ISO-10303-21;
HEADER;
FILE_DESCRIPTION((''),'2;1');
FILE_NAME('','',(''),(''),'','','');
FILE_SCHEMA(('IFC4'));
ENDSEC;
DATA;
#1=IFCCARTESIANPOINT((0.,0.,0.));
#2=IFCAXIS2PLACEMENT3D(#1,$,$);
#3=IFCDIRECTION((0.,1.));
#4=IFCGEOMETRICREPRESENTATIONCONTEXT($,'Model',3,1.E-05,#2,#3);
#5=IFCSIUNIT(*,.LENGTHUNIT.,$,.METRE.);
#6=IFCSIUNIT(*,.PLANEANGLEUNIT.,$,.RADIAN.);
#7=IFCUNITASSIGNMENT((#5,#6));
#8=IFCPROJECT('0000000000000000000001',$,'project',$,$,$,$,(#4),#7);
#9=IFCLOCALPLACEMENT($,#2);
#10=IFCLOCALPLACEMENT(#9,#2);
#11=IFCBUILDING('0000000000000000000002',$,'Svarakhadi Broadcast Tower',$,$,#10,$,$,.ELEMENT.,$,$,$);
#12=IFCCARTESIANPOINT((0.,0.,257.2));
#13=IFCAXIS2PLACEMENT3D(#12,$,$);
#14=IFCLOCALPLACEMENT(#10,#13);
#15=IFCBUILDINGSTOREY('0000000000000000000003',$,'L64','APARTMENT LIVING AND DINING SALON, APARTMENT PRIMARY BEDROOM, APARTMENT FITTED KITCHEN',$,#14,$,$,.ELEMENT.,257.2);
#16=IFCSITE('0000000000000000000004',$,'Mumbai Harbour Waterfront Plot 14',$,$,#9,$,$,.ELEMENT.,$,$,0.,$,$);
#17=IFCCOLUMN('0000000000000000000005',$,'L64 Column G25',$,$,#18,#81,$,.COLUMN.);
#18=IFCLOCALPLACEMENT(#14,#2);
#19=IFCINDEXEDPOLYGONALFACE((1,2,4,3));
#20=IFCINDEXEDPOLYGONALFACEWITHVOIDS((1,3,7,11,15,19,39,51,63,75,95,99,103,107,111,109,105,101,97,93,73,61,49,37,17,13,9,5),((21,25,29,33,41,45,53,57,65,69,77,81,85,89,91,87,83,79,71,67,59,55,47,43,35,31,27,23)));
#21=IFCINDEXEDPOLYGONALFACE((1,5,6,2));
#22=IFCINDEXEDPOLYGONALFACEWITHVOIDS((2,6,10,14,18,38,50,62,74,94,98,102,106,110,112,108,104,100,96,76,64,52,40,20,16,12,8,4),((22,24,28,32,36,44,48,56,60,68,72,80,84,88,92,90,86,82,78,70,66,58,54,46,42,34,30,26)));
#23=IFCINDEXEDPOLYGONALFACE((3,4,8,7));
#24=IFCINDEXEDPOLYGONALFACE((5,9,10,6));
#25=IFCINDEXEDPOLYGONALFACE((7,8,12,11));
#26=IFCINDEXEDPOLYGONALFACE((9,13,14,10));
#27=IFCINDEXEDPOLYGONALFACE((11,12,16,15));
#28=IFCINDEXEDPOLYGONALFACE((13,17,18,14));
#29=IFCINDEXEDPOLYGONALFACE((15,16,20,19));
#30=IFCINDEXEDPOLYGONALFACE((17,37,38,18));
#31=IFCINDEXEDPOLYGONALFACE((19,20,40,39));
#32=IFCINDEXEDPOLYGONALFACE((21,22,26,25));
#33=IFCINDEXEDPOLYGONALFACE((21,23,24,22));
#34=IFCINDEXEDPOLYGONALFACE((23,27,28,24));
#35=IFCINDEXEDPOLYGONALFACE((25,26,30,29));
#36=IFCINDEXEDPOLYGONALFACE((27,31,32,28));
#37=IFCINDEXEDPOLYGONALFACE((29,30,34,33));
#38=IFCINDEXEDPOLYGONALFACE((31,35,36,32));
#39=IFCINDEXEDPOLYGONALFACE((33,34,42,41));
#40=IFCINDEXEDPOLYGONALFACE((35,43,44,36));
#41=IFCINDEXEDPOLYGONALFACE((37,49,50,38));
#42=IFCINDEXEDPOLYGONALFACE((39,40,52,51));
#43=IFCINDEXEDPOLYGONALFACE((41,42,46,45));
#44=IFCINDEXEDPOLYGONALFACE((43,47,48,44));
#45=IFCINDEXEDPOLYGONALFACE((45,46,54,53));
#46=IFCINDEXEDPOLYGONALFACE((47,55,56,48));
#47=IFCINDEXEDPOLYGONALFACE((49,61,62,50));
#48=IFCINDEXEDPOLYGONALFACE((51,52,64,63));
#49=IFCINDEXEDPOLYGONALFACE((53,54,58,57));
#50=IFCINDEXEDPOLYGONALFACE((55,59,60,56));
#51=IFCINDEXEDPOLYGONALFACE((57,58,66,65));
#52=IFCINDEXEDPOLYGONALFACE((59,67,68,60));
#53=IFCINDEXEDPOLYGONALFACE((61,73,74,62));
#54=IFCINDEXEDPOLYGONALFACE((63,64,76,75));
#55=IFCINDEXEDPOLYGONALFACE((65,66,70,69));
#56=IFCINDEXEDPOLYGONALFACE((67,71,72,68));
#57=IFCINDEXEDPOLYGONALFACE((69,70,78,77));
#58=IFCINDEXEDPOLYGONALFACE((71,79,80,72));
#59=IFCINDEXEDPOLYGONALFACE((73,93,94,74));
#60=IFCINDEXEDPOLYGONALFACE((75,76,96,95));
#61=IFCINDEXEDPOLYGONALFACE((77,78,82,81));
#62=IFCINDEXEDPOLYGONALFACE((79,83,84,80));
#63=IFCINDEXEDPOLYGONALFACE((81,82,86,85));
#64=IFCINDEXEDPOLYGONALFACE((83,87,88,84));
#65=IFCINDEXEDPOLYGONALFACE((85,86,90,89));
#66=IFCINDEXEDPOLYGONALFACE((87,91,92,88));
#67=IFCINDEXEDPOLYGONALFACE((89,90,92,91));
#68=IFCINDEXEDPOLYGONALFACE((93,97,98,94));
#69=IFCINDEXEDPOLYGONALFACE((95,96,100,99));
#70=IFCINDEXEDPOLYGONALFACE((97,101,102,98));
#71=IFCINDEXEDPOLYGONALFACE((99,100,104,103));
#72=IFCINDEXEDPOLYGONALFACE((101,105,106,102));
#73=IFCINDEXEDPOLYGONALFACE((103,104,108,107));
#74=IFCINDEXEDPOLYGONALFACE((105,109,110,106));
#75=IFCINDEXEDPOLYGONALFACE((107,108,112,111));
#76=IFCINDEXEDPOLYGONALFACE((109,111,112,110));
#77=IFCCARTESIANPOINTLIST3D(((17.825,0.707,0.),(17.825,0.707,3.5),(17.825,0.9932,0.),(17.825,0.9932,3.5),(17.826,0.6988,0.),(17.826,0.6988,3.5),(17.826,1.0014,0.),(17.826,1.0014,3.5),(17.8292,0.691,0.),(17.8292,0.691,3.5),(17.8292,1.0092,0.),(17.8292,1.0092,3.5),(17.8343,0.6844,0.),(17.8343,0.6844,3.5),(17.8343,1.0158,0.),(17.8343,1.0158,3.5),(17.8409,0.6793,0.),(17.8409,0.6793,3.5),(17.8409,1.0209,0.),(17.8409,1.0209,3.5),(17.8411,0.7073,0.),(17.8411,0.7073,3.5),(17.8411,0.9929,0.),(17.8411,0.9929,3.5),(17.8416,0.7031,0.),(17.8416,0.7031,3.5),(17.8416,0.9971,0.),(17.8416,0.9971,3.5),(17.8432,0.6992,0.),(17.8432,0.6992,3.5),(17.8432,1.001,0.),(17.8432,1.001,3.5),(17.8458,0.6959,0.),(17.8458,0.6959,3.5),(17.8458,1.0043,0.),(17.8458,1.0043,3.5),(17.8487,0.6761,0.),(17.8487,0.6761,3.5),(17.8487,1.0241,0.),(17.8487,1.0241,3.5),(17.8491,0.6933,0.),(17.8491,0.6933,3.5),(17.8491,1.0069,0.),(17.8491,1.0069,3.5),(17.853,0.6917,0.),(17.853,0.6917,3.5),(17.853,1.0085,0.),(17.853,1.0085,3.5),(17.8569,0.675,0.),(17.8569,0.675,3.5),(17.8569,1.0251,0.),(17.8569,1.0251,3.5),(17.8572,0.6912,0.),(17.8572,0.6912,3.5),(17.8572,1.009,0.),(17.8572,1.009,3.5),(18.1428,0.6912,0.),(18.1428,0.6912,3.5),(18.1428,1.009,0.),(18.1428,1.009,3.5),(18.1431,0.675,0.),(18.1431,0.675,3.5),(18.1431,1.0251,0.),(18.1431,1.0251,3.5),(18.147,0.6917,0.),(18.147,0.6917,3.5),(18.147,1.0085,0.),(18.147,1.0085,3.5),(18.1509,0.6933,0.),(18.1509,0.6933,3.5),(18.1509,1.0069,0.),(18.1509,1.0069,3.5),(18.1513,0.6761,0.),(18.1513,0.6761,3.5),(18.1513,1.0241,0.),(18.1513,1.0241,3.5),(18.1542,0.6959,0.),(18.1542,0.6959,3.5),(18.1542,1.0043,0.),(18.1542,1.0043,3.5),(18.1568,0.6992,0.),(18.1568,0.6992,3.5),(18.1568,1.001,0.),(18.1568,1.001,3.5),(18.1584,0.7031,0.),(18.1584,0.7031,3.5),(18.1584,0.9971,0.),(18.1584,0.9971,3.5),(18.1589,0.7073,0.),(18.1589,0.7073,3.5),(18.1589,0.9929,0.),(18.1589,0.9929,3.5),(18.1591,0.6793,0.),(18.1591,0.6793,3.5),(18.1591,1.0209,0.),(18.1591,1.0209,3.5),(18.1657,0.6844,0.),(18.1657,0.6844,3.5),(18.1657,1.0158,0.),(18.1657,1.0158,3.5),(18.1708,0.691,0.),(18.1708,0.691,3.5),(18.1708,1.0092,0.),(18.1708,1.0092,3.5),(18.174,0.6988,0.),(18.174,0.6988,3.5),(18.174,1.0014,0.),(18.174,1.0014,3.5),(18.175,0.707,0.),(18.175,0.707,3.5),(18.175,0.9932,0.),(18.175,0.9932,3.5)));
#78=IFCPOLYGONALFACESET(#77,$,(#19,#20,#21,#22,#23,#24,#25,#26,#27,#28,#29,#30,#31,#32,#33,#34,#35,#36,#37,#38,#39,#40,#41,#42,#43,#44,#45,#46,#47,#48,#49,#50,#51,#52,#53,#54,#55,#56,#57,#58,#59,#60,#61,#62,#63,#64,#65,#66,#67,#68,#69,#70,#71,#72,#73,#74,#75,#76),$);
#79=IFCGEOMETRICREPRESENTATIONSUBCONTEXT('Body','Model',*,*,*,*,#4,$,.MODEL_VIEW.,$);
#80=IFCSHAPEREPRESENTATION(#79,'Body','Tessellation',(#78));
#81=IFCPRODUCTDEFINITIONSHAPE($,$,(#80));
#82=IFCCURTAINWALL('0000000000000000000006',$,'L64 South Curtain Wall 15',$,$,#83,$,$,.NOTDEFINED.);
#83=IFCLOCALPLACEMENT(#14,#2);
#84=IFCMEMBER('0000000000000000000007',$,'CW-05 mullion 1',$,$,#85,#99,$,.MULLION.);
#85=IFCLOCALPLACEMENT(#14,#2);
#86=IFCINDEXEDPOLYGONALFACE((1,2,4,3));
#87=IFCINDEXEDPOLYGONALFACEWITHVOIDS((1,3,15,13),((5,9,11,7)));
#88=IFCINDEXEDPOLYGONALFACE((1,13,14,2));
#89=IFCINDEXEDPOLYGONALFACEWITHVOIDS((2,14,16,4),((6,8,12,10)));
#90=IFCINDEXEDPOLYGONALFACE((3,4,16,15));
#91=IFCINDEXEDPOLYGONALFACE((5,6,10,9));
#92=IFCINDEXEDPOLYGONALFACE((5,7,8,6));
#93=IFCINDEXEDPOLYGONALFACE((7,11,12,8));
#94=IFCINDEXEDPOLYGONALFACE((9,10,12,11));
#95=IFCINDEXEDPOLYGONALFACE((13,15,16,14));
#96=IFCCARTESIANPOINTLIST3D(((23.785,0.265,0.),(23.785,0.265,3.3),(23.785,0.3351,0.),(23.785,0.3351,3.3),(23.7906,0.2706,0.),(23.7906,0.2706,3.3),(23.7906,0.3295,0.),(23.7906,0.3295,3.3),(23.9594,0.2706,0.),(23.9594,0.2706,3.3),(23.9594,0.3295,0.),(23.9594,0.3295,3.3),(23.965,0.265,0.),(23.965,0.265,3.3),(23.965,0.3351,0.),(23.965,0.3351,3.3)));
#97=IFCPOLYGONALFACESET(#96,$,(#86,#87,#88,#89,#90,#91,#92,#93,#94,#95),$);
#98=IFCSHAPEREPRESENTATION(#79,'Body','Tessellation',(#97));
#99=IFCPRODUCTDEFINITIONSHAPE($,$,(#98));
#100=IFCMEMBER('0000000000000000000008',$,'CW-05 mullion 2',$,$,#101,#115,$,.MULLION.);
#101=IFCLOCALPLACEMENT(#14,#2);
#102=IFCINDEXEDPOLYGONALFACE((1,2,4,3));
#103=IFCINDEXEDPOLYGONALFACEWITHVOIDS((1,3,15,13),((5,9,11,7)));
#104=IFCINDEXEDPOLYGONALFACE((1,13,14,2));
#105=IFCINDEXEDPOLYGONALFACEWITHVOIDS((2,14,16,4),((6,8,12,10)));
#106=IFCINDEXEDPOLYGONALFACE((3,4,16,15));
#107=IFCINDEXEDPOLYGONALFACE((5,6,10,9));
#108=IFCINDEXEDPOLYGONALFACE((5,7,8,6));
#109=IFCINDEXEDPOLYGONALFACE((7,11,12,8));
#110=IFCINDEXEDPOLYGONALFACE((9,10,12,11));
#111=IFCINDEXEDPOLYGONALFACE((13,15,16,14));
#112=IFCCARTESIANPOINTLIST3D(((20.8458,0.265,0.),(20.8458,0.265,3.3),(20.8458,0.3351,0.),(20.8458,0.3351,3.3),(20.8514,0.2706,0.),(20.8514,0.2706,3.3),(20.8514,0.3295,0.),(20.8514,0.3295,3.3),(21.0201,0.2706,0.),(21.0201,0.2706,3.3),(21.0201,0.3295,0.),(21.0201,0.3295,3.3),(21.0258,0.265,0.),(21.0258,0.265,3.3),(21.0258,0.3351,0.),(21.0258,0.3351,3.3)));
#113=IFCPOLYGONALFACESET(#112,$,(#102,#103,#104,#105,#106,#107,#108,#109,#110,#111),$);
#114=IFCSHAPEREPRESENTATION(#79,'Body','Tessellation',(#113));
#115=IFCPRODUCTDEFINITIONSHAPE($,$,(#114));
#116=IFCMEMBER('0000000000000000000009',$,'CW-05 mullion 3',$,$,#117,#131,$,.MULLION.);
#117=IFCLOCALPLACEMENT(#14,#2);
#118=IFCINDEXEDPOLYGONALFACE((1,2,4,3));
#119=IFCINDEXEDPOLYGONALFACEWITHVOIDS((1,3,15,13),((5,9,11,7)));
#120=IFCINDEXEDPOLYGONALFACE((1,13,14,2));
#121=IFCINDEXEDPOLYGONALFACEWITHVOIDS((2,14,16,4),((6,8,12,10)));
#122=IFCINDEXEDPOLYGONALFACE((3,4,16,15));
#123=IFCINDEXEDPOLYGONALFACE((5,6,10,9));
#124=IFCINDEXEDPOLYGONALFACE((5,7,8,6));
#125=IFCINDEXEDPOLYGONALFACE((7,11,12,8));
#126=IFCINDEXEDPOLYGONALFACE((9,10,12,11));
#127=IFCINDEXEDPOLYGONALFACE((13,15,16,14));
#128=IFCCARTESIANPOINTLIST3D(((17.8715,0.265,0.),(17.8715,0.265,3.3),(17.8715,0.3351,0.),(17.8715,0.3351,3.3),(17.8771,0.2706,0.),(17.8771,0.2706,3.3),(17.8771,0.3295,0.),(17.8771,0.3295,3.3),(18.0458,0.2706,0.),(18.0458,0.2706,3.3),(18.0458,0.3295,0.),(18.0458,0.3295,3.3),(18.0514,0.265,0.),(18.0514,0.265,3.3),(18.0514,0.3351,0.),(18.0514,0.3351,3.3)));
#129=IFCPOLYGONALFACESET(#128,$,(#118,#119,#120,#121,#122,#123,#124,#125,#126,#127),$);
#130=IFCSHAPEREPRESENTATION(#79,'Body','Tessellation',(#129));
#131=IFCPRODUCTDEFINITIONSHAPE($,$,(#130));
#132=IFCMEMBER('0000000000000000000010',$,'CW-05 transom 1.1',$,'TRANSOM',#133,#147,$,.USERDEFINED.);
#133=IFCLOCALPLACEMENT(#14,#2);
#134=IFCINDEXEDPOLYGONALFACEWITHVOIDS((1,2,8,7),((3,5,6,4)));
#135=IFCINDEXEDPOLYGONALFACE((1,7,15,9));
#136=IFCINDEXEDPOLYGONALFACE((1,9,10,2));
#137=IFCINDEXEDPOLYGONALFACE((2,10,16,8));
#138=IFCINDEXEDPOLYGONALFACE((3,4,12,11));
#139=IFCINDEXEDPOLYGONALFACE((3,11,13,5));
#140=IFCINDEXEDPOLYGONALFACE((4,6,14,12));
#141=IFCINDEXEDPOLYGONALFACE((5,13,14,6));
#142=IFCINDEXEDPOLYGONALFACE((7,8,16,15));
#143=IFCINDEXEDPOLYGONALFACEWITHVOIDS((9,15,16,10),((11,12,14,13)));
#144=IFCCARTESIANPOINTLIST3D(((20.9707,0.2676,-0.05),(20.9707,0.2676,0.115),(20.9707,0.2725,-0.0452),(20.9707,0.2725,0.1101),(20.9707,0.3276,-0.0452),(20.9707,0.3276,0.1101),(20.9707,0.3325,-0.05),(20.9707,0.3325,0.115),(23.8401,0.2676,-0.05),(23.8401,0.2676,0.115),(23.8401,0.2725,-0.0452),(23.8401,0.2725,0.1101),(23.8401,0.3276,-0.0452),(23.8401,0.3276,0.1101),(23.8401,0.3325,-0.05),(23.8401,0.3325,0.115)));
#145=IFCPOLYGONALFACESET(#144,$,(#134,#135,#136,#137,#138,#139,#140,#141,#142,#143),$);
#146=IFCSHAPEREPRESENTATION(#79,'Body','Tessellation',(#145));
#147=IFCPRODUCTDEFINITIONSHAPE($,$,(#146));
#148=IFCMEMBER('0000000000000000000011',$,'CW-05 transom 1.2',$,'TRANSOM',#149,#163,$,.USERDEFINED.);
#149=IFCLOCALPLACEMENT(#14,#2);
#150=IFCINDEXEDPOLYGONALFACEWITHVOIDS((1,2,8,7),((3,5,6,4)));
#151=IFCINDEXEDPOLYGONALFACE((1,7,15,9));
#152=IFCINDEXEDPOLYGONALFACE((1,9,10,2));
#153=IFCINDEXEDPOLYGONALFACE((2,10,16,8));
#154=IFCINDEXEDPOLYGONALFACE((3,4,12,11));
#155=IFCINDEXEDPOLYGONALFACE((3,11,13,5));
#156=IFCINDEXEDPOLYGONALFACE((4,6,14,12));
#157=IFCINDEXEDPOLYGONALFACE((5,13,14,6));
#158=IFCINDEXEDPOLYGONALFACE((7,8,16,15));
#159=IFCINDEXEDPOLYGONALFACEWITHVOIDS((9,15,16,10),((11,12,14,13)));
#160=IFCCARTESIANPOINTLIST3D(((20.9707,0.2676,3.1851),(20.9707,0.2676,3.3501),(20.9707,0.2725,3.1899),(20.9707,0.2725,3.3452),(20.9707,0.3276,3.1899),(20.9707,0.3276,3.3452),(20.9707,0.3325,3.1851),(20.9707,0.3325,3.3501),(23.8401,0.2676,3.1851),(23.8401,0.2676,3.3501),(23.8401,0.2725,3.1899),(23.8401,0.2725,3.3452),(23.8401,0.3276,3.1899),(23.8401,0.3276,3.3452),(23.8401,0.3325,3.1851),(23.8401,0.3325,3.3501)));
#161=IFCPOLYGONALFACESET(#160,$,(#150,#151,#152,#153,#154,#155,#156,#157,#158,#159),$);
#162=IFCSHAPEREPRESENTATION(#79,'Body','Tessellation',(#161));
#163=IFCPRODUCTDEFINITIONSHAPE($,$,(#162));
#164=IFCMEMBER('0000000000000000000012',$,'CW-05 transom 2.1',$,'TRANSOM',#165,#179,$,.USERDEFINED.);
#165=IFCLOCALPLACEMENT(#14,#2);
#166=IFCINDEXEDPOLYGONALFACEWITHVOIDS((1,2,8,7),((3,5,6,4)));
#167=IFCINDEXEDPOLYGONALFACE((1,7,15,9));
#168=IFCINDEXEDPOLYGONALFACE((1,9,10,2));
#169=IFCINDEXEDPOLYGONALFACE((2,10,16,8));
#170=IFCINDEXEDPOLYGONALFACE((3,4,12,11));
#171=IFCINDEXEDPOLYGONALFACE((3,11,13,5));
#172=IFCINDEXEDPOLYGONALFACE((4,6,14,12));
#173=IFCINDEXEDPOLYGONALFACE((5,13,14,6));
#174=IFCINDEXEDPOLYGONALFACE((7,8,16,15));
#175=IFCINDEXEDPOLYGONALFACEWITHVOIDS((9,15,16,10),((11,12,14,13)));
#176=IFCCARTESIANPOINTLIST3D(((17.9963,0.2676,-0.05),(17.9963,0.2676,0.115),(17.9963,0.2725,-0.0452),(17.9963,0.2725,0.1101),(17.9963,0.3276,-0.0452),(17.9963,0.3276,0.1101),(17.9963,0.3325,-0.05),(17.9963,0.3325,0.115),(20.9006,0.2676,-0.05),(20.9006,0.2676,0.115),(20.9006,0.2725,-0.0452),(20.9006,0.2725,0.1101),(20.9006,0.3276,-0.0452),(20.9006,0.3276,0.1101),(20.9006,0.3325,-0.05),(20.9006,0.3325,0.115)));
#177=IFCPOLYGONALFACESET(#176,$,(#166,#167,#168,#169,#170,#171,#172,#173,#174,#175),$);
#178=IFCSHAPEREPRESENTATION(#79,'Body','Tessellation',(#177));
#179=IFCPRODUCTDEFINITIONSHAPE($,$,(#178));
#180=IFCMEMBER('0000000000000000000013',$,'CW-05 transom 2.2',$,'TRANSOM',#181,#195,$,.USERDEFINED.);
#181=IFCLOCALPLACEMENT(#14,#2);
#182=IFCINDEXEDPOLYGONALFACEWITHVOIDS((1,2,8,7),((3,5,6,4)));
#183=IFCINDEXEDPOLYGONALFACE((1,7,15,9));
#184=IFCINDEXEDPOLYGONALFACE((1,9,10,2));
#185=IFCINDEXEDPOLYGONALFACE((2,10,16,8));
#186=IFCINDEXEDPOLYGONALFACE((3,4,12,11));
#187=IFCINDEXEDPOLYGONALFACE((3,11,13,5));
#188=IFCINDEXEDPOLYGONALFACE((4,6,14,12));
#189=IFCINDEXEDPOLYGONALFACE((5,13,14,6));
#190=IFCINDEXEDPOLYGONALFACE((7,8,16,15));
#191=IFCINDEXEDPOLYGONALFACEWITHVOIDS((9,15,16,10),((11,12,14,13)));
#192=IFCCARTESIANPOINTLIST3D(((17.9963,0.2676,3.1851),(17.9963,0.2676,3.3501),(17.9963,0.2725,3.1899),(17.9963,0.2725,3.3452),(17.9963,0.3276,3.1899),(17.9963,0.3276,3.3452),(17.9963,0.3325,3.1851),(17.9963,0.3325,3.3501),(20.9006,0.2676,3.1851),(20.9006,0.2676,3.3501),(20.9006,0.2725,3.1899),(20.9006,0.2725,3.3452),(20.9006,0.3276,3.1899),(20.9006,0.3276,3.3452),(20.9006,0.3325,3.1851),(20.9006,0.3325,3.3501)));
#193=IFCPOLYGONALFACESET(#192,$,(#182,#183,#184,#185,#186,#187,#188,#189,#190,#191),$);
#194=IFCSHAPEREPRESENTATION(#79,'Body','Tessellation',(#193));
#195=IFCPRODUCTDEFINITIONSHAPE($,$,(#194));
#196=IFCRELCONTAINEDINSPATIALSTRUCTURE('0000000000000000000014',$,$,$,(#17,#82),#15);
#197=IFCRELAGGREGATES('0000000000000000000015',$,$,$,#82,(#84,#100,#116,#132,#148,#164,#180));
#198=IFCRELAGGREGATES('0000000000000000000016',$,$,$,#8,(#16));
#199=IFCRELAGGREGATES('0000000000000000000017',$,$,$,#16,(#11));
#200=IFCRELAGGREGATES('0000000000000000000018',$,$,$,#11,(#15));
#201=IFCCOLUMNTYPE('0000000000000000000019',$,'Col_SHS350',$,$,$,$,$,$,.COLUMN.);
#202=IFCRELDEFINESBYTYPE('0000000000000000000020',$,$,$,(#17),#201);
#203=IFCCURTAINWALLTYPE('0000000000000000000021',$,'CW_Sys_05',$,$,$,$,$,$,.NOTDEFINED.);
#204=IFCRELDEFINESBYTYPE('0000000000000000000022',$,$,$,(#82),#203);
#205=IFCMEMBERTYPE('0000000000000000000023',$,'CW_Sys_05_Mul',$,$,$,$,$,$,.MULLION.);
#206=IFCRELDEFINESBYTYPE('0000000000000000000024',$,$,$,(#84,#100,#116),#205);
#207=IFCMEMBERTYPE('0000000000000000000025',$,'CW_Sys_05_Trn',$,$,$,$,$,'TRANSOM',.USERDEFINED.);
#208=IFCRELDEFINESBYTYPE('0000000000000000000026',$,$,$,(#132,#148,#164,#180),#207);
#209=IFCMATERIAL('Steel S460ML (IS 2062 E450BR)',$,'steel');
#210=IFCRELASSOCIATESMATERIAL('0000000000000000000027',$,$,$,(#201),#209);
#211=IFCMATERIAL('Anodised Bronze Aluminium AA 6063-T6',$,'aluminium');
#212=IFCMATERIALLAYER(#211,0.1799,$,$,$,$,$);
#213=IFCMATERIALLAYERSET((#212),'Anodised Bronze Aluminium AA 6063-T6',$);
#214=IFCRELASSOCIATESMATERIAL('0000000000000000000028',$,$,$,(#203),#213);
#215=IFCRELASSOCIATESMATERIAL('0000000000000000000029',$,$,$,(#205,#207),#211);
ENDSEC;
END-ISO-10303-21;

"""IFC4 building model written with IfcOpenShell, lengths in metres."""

from ifc_helpers import new_model, si_unit, direction, frame, origin, origin_2d, place, context, subcontext, project, spatial, hollow_rectangle, extrude, material, layer, layer_set, material_profile, profile_set, type_object, element, aggregate, save


model = new_model("IFC4")

# Units and contexts
model_context = context("Model", 3, precision=1e-05, world=origin(), true_north=direction((0.0, 1.0)))
body_context = subcontext(model_context, "Body", "Model", "MODEL_VIEW")
ifc_project = project(units=[si_unit("LENGTHUNIT", "METRE"), si_unit("PLANEANGLEUNIT", "RADIAN")], contexts=[model_context])

# Site, building, storey
site_placement = place(None, origin())
site = spatial("IfcSite", under=ifc_project, at=site_placement, Name="Mumbai Harbour Waterfront Plot 14", CompositionType="ELEMENT", RefElevation=0.0)
building_placement = place(site_placement, origin())
building = spatial("IfcBuilding", under=site, at=building_placement, Name="Svarakhadi Broadcast Tower", CompositionType="ELEMENT")
storey_placement = place(building_placement, frame((0.0, 0.0, 257.2)))
storey = spatial("IfcBuildingStorey", under=building, at=storey_placement, Name="L64", Description="APARTMENT LIVING AND DINING SALON, APARTMENT PRIMARY BEDROOM, APARTMENT FITTED KITCHEN", CompositionType="ELEMENT", Elevation=257.2)

# Column
ifc_material_1 = material(Name="Steel S460ML (IS 2062 E450BR)", Category="steel")
ifc_material_profile_1 = material_profile(ifc_material_1, hollow_rectangle(XDim=0.3501, YDim=0.3501, WallThickness=0.0161, InnerFilletRadius=0.0161, OuterFilletRadius=0.032, at=origin_2d()), Name="SHS 350x350x16")
ifc_profile_set_1 = profile_set([ifc_material_profile_1], Name="Steel S460ML (IS 2062 E450BR)")
column_type = type_object("IfcColumnType", Name="Col_SHS350", PredefinedType="COLUMN", material=ifc_profile_set_1)
column_placement = place(storey_placement, frame((18.0, 0.8501, 0.0), z_axis=(0.0, 0.0, 1.0), x_axis=(1.0, 0.0, 0.0)))
element("IfcColumn", 1, at=column_placement, inside=storey, type_object=column_type, Name="L64 Column G25", PredefinedType="COLUMN", context=body_context, shape_type="SweptSolid", body=[
    extrude(hollow_rectangle(XDim=0.3501, YDim=0.3501, WallThickness=0.0161, InnerFilletRadius=0.0161, OuterFilletRadius=0.032, at=origin_2d()), origin(), (0.0, 0.0, 1.0), 3.5),
])

# Curtain wall, members
ifc_material_2 = material(Name="Anodised Bronze Aluminium AA 6063-T6", Category="aluminium")
ifc_layer_1 = layer(ifc_material_2, 0.1799)
ifc_layer_set_1 = layer_set([ifc_layer_1], Name="Anodised Bronze Aluminium AA 6063-T6")
curtain_wall_type = type_object("IfcCurtainWallType", Name="CW_Sys_05", PredefinedType="NOTDEFINED", material=ifc_layer_set_1)
curtain_wall_placement = place(storey_placement, origin())
curtain_wall = element("IfcCurtainWall", 2, at=curtain_wall_placement, inside=storey, type_object=curtain_wall_type, Name="L64 South Curtain Wall 15", PredefinedType="NOTDEFINED")
ifc_material_profile_2 = material_profile(ifc_material_2, hollow_rectangle(XDim=0.0701, YDim=0.1799, WallThickness=0.0056, at=origin_2d()), Name="ALU MULLION 180x70x6")
ifc_profile_set_2 = profile_set([ifc_material_profile_2], Name="Anodised Bronze Aluminium AA 6063-T6")
member_type_1 = type_object("IfcMemberType", Name="CW_Sys_05_Mul", PredefinedType="MULLION", material=ifc_profile_set_2)
member_1_placement = place(storey_placement, frame((23.875, 0.3, 0.0), z_axis=(0.0, 0.0, 1.0), x_axis=(0.0, -1.0, 0.0)))
member_1 = element("IfcMember", 3, at=member_1_placement, type_object=member_type_1, Name="CW-05 mullion 1", PredefinedType="MULLION", context=body_context, shape_type="SweptSolid", body=[
    extrude(hollow_rectangle(XDim=0.0701, YDim=0.1799, WallThickness=0.0056, at=origin_2d()), origin(), (0.0, 0.0, 1.0), 3.3),
])
member_2_placement = place(storey_placement, frame((20.9358, 0.3, 0.0), z_axis=(0.0, 0.0, 1.0), x_axis=(0.0, -1.0, 0.0)))
member_2 = element("IfcMember", 4, at=member_2_placement, type_object=member_type_1, Name="CW-05 mullion 2", PredefinedType="MULLION", context=body_context, shape_type="SweptSolid", body=[
    extrude(hollow_rectangle(XDim=0.0701, YDim=0.1799, WallThickness=0.0056, at=origin_2d()), origin(), (0.0, 0.0, 1.0), 3.3),
])
member_3_placement = place(storey_placement, frame((17.9614, 0.3, 0.0), z_axis=(0.0, 0.0, 1.0), x_axis=(0.0, -1.0, 0.0)))
member_3 = element("IfcMember", 5, at=member_3_placement, type_object=member_type_1, Name="CW-05 mullion 3", PredefinedType="MULLION", context=body_context, shape_type="SweptSolid", body=[
    extrude(hollow_rectangle(XDim=0.0701, YDim=0.1799, WallThickness=0.0056, at=origin_2d()), origin(), (0.0, 0.0, 1.0), 3.3),
])
ifc_material_profile_3 = material_profile(ifc_material_2, hollow_rectangle(XDim=0.0649, YDim=0.165, WallThickness=0.0049, at=origin_2d()), Name="ALU TRANSOM 165x65x5")
ifc_profile_set_3 = profile_set([ifc_material_profile_3], Name="Anodised Bronze Aluminium AA 6063-T6")
member_type_2 = type_object("IfcMemberType", Name="CW_Sys_05_Trn", ElementType="TRANSOM", PredefinedType="USERDEFINED", material=ifc_profile_set_3)
member_4_placement = place(storey_placement, frame((23.8401, 0.3, 0.0325), z_axis=(-1.0, 0.0, 0.0), x_axis=(0.0, -1.0, 0.0)))
member_4 = element("IfcMember", 6, at=member_4_placement, type_object=member_type_2, Name="CW-05 transom 1.1", ObjectType="TRANSOM", PredefinedType="USERDEFINED", context=body_context, shape_type="SweptSolid", body=[
    extrude(hollow_rectangle(XDim=0.0649, YDim=0.165, WallThickness=0.0049, at=origin_2d()), origin(), (0.0, 0.0, 1.0), 2.8694),
])
member_5_placement = place(storey_placement, frame((23.8401, 0.3, 3.2676), z_axis=(-1.0, 0.0, 0.0), x_axis=(0.0, -1.0, 0.0)))
member_5 = element("IfcMember", 7, at=member_5_placement, type_object=member_type_2, Name="CW-05 transom 1.2", ObjectType="TRANSOM", PredefinedType="USERDEFINED", context=body_context, shape_type="SweptSolid", body=[
    extrude(hollow_rectangle(XDim=0.0649, YDim=0.165, WallThickness=0.0049, at=origin_2d()), origin(), (0.0, 0.0, 1.0), 2.8694),
])
member_6_placement = place(storey_placement, frame((20.9006, 0.3, 0.0325), z_axis=(-1.0, 0.0, 0.0), x_axis=(0.0, -1.0, 0.0)))
member_6 = element("IfcMember", 8, at=member_6_placement, type_object=member_type_2, Name="CW-05 transom 2.1", ObjectType="TRANSOM", PredefinedType="USERDEFINED", context=body_context, shape_type="SweptSolid", body=[
    extrude(hollow_rectangle(XDim=0.0649, YDim=0.165, WallThickness=0.0049, at=origin_2d()), origin(), (0.0, 0.0, 1.0), 2.9043),
])
member_7_placement = place(storey_placement, frame((20.9006, 0.3, 3.2676), z_axis=(-1.0, 0.0, 0.0), x_axis=(0.0, -1.0, 0.0)))
member_7 = element("IfcMember", 9, at=member_7_placement, type_object=member_type_2, Name="CW-05 transom 2.2", ObjectType="TRANSOM", PredefinedType="USERDEFINED", context=body_context, shape_type="SweptSolid", body=[
    extrude(hollow_rectangle(XDim=0.0649, YDim=0.165, WallThickness=0.0049, at=origin_2d()), origin(), (0.0, 0.0, 1.0), 2.9043),
])

aggregate(curtain_wall, [member_1, member_2, member_3, member_4, member_5, member_6, member_7])

save(model, "model.ifc")
